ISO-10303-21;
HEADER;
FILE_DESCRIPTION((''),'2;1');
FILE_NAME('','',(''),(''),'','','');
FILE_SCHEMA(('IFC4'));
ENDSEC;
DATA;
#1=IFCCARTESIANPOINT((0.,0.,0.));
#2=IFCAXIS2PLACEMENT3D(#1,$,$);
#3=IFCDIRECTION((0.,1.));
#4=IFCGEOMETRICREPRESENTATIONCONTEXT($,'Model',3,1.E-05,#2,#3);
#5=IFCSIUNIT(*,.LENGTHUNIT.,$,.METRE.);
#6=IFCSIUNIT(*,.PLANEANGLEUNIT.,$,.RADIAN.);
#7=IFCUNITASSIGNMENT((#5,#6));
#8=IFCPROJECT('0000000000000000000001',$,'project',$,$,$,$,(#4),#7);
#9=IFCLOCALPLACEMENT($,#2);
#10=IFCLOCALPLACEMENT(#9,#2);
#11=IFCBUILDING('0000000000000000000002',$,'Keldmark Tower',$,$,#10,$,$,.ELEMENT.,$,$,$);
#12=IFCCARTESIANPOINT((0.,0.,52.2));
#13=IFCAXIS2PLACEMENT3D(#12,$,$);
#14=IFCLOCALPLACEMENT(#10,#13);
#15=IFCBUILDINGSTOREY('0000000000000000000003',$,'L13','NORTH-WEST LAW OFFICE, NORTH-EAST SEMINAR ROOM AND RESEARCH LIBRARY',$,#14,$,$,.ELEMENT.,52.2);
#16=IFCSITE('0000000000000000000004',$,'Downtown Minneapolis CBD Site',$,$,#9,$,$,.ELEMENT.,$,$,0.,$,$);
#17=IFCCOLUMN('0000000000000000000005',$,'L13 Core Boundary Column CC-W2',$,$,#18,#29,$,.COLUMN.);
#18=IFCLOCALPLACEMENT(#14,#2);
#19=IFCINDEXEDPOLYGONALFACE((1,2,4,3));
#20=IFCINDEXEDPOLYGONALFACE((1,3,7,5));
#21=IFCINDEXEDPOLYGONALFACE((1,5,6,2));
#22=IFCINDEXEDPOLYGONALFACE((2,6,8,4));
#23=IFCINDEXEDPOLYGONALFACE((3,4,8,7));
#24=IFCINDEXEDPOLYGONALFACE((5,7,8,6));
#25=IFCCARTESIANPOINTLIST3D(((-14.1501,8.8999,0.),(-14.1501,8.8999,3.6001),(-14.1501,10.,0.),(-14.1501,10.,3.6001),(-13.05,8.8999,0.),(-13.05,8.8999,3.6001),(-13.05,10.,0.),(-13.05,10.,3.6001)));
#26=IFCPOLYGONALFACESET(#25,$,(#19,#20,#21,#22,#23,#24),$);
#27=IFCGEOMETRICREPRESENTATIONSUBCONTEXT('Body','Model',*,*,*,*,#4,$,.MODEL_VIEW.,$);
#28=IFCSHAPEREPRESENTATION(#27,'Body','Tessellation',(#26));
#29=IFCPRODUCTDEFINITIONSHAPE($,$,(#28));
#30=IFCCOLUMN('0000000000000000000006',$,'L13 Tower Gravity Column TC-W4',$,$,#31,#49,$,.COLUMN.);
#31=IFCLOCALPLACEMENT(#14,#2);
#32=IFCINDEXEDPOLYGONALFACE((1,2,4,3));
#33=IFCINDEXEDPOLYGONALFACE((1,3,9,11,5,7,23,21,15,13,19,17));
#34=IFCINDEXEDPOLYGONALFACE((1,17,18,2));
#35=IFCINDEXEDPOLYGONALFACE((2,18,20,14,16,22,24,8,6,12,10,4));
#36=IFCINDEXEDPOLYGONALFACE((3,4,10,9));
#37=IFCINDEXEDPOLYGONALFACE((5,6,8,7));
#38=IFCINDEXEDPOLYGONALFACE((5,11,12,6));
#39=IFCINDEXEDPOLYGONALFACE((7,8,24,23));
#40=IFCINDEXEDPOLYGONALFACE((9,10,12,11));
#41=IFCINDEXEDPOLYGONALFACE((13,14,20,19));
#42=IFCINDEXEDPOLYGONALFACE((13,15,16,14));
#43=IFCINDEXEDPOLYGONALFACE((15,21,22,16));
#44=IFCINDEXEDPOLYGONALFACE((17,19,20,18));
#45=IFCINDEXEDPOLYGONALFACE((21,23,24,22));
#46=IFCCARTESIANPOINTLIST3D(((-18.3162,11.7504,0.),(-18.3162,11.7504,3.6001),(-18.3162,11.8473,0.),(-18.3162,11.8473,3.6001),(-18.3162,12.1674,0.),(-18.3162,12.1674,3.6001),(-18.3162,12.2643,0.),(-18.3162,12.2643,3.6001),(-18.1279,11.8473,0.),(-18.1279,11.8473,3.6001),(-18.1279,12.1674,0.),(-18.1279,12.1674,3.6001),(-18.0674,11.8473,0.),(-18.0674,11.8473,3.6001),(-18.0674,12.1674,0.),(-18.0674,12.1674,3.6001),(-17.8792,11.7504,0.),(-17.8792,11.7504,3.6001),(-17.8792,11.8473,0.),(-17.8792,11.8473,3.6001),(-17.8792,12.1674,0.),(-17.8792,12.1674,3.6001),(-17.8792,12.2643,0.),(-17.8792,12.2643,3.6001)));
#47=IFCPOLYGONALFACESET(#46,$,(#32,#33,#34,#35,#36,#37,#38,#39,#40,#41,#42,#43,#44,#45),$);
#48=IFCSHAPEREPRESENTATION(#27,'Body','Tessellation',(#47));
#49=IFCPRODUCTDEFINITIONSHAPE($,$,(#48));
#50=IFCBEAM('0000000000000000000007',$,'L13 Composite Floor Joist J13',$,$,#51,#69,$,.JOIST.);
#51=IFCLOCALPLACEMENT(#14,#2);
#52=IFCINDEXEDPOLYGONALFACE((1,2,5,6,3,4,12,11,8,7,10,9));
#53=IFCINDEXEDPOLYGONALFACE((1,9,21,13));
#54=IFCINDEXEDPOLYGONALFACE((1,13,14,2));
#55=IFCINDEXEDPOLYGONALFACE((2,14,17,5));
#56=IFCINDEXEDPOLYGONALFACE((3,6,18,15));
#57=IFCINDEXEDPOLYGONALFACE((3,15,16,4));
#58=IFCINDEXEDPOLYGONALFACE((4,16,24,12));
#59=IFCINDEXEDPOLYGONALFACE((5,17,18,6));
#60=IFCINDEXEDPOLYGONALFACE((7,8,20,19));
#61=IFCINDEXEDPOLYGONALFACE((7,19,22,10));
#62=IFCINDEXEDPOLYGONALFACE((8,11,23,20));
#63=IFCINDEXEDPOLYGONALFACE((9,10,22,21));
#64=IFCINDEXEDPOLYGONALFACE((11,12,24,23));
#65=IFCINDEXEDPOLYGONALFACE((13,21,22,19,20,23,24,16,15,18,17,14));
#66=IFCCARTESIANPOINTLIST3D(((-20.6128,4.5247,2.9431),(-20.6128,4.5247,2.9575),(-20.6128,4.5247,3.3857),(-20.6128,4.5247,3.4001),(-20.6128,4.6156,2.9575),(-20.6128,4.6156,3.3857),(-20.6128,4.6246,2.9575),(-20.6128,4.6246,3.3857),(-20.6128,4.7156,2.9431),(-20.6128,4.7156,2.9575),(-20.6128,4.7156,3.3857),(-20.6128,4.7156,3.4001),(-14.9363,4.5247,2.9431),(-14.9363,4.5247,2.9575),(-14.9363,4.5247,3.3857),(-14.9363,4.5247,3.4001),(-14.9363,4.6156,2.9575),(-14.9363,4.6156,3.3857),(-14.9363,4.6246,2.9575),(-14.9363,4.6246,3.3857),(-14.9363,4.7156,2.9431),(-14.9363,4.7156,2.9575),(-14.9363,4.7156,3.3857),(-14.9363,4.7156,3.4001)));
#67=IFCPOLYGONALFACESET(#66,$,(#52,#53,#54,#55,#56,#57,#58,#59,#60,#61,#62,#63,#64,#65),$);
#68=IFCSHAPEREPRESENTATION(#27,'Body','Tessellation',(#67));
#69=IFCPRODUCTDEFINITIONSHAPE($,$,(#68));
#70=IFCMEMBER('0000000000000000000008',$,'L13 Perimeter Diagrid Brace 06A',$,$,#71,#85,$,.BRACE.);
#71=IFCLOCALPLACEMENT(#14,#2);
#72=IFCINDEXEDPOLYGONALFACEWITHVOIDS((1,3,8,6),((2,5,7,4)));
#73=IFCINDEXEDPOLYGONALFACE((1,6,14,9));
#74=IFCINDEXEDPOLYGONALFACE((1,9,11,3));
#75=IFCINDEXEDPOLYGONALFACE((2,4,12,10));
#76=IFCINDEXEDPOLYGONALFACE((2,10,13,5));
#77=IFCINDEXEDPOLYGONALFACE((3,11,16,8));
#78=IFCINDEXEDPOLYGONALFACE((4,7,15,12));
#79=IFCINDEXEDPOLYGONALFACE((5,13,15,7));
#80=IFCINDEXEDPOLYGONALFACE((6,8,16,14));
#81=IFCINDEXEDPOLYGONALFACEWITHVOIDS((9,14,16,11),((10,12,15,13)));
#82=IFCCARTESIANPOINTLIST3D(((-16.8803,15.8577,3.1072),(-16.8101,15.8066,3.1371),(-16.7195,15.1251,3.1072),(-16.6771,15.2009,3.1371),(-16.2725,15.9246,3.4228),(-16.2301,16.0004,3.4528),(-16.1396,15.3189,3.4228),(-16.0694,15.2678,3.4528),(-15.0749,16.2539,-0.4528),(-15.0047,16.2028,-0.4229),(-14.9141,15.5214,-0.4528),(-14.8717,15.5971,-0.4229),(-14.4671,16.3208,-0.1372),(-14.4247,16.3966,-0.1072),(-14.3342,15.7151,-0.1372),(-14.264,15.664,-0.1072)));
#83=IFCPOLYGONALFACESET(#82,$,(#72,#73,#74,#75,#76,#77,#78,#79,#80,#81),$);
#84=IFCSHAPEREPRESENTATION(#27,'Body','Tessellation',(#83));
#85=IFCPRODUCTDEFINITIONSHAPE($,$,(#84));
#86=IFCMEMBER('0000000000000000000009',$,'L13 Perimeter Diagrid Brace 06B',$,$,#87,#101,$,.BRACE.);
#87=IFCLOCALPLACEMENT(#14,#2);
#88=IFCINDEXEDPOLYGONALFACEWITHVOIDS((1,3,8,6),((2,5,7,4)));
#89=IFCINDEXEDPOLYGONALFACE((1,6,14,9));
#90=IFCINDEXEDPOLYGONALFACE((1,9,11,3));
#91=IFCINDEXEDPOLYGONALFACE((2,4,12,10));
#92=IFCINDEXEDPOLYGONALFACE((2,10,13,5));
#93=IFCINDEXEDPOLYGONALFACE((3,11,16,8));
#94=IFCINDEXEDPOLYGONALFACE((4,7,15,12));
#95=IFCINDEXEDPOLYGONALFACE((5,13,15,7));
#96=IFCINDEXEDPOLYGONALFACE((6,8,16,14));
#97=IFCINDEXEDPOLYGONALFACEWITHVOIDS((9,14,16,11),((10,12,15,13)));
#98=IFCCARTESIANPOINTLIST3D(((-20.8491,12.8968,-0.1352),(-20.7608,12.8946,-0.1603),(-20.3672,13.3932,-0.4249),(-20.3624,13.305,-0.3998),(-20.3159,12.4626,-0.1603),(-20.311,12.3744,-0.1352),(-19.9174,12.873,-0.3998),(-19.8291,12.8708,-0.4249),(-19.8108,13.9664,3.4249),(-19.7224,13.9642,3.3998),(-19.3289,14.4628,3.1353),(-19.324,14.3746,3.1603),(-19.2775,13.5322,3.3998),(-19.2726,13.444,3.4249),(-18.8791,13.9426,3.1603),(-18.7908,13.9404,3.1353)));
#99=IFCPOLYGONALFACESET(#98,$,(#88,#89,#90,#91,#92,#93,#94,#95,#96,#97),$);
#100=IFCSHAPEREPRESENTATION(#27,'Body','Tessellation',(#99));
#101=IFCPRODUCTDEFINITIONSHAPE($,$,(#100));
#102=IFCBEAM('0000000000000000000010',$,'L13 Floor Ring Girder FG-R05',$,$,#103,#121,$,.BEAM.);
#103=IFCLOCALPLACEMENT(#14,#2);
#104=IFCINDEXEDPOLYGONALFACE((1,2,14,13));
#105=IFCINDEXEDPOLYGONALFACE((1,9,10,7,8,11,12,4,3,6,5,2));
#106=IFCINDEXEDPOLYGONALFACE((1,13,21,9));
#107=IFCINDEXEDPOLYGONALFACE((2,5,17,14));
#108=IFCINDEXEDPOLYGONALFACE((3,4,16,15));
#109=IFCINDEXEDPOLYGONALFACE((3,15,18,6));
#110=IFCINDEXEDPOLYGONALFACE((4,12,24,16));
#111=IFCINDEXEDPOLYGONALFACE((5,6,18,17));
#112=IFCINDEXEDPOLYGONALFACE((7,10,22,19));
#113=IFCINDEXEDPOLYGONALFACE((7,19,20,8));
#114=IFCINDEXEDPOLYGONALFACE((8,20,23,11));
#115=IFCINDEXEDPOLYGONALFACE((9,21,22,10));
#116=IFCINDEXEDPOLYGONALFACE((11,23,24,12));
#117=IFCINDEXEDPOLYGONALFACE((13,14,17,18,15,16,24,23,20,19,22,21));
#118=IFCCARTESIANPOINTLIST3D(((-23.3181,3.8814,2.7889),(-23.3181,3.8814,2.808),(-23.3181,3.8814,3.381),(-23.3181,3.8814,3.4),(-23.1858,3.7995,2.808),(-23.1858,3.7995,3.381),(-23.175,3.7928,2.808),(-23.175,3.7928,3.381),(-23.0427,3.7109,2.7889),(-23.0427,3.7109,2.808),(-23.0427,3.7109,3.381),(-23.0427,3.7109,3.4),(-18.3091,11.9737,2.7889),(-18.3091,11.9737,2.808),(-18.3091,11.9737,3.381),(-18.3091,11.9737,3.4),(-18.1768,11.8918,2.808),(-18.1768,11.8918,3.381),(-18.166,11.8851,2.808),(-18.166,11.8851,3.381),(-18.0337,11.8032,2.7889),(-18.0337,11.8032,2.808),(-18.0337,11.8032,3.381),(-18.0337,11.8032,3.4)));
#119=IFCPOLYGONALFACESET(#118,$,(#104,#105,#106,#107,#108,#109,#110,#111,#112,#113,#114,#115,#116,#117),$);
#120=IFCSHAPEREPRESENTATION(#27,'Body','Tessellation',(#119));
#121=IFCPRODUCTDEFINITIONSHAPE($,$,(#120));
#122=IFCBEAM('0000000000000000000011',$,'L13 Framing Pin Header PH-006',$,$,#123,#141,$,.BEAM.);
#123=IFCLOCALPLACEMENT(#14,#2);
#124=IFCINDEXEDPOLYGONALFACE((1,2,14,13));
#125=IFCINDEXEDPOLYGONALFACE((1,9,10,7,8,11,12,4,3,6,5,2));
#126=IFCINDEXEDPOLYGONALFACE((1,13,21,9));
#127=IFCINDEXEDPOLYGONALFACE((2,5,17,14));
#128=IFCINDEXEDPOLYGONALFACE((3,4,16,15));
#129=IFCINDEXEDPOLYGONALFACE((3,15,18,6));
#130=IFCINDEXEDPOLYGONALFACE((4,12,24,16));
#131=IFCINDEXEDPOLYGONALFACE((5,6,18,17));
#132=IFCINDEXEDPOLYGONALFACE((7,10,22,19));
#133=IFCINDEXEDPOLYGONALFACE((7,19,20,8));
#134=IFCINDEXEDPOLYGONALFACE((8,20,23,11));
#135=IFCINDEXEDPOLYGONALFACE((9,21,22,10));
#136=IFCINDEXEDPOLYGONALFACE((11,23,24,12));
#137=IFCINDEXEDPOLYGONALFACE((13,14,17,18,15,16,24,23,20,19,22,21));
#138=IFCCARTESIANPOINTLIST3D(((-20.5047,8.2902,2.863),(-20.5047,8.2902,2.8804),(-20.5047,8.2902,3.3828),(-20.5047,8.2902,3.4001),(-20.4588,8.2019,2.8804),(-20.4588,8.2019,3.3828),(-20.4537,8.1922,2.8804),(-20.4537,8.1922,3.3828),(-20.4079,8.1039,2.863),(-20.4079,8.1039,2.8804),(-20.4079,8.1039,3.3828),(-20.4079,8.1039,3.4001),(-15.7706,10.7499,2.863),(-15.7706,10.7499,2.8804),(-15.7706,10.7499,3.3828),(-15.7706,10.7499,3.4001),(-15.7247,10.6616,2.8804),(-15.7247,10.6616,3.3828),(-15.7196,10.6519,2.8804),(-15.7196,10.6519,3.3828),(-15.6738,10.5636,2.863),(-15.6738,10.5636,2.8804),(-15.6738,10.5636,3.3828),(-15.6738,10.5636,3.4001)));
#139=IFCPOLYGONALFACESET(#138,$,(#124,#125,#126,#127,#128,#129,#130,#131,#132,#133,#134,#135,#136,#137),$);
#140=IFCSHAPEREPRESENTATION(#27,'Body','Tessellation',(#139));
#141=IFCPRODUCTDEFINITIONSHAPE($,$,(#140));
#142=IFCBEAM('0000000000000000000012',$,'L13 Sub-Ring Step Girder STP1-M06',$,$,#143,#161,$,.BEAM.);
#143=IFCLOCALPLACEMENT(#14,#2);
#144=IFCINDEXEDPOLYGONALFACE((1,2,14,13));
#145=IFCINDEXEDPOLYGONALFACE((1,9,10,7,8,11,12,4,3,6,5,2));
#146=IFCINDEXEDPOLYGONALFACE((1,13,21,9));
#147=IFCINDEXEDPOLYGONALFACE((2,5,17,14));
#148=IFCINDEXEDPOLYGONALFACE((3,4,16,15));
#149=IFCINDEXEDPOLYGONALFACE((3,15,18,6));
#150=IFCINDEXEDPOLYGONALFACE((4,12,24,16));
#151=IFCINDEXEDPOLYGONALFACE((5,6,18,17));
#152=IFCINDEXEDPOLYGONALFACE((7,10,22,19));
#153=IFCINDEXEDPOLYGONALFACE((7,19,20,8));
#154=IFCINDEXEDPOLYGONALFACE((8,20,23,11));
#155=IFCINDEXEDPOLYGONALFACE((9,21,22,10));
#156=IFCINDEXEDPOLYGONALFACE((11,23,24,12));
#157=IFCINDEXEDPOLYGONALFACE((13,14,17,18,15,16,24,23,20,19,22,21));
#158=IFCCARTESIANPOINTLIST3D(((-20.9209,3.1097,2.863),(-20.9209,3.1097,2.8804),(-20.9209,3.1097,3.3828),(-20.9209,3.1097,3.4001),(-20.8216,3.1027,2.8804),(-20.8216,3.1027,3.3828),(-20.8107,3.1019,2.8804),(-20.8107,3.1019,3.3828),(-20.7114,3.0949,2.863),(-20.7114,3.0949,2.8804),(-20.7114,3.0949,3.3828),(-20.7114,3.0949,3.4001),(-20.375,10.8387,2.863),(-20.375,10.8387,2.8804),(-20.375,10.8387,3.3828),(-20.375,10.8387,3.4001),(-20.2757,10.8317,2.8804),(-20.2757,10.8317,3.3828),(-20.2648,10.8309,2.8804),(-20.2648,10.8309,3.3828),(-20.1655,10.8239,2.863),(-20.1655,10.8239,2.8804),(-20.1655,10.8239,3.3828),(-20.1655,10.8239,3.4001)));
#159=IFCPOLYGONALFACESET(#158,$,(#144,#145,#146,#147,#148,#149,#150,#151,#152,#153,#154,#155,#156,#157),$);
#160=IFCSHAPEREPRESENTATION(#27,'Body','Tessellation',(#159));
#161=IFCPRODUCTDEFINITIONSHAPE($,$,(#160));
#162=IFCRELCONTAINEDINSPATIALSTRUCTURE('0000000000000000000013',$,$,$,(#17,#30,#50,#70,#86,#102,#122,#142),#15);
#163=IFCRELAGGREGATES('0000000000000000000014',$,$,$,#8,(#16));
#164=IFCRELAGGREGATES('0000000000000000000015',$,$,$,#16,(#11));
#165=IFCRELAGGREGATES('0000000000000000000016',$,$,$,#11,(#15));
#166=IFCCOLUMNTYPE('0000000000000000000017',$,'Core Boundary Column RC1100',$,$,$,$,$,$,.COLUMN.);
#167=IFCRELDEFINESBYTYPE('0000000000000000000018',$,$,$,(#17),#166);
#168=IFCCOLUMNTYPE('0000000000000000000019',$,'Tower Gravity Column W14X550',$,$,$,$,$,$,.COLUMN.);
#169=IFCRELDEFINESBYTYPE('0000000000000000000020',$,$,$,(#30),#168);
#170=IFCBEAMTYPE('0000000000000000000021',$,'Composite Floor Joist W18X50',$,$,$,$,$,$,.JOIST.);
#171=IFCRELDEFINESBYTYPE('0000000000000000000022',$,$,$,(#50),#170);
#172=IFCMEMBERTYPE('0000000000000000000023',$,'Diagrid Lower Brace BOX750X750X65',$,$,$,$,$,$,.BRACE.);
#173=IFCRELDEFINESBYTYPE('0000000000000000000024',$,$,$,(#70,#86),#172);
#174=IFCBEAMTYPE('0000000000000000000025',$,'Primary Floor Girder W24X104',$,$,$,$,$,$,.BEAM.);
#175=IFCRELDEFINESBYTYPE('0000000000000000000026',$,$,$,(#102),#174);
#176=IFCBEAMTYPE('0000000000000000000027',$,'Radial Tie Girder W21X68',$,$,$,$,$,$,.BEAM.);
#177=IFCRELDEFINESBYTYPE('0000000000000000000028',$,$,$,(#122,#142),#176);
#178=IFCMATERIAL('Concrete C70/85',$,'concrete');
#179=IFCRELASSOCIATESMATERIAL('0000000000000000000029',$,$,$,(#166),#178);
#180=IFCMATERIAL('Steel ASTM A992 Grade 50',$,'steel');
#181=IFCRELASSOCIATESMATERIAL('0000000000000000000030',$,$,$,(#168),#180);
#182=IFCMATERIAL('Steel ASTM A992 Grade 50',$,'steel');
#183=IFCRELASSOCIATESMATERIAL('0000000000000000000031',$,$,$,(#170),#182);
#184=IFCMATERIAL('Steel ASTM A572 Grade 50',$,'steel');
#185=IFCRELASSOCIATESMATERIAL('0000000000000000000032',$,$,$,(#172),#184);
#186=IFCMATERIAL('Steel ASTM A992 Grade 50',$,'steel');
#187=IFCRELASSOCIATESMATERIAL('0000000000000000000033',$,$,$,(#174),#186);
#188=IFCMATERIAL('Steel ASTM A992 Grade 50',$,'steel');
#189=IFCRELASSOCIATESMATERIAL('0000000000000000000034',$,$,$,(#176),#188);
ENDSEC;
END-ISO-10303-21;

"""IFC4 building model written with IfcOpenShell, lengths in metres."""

from ifc_helpers import new_model, si_unit, direction, frame, origin, origin_2d, place, context, subcontext, project, spatial, rectangle, hollow_rectangle, i_section, extrude, material, material_profile, profile_set, type_object, element, save


model = new_model("IFC4")

# Units and contexts
model_context = context("Model", 3, precision=1e-05, world=origin(), true_north=direction((0.0, 1.0)))
body_context = subcontext(model_context, "Body", "Model", "MODEL_VIEW")
ifc_project = project(units=[si_unit("LENGTHUNIT", "METRE"), si_unit("PLANEANGLEUNIT", "RADIAN")], contexts=[model_context])

# Site, building, storey
site_placement = place(None, origin())
site = spatial("IfcSite", under=ifc_project, at=site_placement, Name="Downtown Minneapolis CBD Site", CompositionType="ELEMENT", RefElevation=0.0)
building_placement = place(site_placement, origin())
building = spatial("IfcBuilding", under=site, at=building_placement, Name="Keldmark Tower", CompositionType="ELEMENT")
storey_placement = place(building_placement, frame((0.0, 0.0, 52.2)))
storey = spatial("IfcBuildingStorey", under=building, at=storey_placement, Name="L13", Description="NORTH-WEST LAW OFFICE, NORTH-EAST SEMINAR ROOM AND RESEARCH LIBRARY", CompositionType="ELEMENT", Elevation=52.2)

# Columns
ifc_material_1 = material(Name="Concrete C70/85", Category="concrete")
ifc_material_profile_1 = material_profile(ifc_material_1, rectangle(XDim=1.1001, YDim=1.1001, at=origin_2d()), Name="RC1100X1100")
ifc_profile_set_1 = profile_set([ifc_material_profile_1], Name="Concrete C70/85")
column_type_1 = type_object("IfcColumnType", Name="Core Boundary Column RC1100", PredefinedType="COLUMN", material=ifc_profile_set_1)
column_1_placement = place(storey_placement, frame((-13.6001, 9.45, 0.0), z_axis=(0.0, 0.0, 1.0), x_axis=(1.0, 0.0, 0.0)))
element("IfcColumn", 1, at=column_1_placement, inside=storey, type_object=column_type_1, Name="L13 Core Boundary Column CC-W2", PredefinedType="COLUMN", context=body_context, shape_type="SweptSolid", body=[
    extrude(rectangle(XDim=1.1001, YDim=1.1001, at=origin_2d()), origin(), (0.0, 0.0, 1.0), 3.6001),
])
ifc_material_2 = material(Name="Steel ASTM A992 Grade 50", Category="steel")
ifc_material_profile_2 = material_profile(ifc_material_2, i_section(OverallWidth=0.437, OverallDepth=0.5139, WebThickness=0.0605, FlangeThickness=0.0969, at=origin_2d()), Name="W14X550")
ifc_profile_set_2 = profile_set([ifc_material_profile_2], Name="Steel ASTM A992 Grade 50")
column_type_2 = type_object("IfcColumnType", Name="Tower Gravity Column W14X550", PredefinedType="COLUMN", material=ifc_profile_set_2)
column_2_placement = place(storey_placement, frame((-18.0977, 12.0073, 0.0), z_axis=(0.0, 0.0, 1.0), x_axis=(1.0, 0.0, 0.0)))
element("IfcColumn", 2, at=column_2_placement, inside=storey, type_object=column_type_2, Name="L13 Tower Gravity Column TC-W4", PredefinedType="COLUMN", context=body_context, shape_type="SweptSolid", body=[
    extrude(i_section(OverallWidth=0.437, OverallDepth=0.5139, WebThickness=0.0605, FlangeThickness=0.0969, at=origin_2d()), origin(), (0.0, 0.0, 1.0), 3.6001),
])

# Beam
ifc_material_3 = material(Name="Steel ASTM A992 Grade 50", Category="steel")
ifc_material_profile_3 = material_profile(ifc_material_3, i_section(OverallWidth=0.1909, OverallDepth=0.457, WebThickness=0.009, FlangeThickness=0.0144, at=origin_2d()), Name="W18X50")
ifc_profile_set_3 = profile_set([ifc_material_profile_3], Name="Steel ASTM A992 Grade 50")
beam_type_1 = type_object("IfcBeamType", Name="Composite Floor Joist W18X50", PredefinedType="JOIST", material=ifc_profile_set_3)
beam_1_placement = place(storey_placement, frame((-20.6128, 4.6201, 3.1716), z_axis=(1.0, 0.0, 0.0), x_axis=(0.0, 1.0, 0.0)))
element("IfcBeam", 3, at=beam_1_placement, inside=storey, type_object=beam_type_1, Name="L13 Composite Floor Joist J13", PredefinedType="JOIST", context=body_context, shape_type="SweptSolid", body=[
    extrude(i_section(OverallWidth=0.1909, OverallDepth=0.457, WebThickness=0.009, FlangeThickness=0.0144, at=origin_2d()), origin(), (0.0, 0.0, 1.0), 5.6765),
])

# Members
ifc_material_4 = material(Name="Steel ASTM A572 Grade 50", Category="steel")
ifc_material_profile_4 = material_profile(ifc_material_4, hollow_rectangle(XDim=0.75, YDim=0.75, WallThickness=0.0649, at=origin_2d()), Name="BOX750X750X65")
ifc_profile_set_4 = profile_set([ifc_material_profile_4], Name="Steel ASTM A572 Grade 50")
member_type = type_object("IfcMemberType", Name="Diagrid Lower Brace BOX750X750X65", PredefinedType="BRACE", material=ifc_profile_set_4)
member_1_placement = place(storey_placement, frame((-14.6694, 15.959, -0.28), z_axis=(-0.450083, -0.098781, 0.887506), x_axis=(0.21437, -0.976752, 0.0)))
element("IfcMember", 4, at=member_1_placement, inside=storey, type_object=member_type, Name="L13 Perimeter Diagrid Brace 06A", PredefinedType="BRACE", context=body_context, shape_type="SweptSolid", body=[
    extrude(hollow_rectangle(XDim=0.75, YDim=0.75, WallThickness=0.0649, at=origin_2d()), origin(), (0.0, 0.0, 1.0), 4.0112),
])
member_2_placement = place(storey_placement, frame((-20.3391, 12.8838, -0.28), z_axis=(0.269029, 0.277125, 0.922402), x_axis=(-0.717511, 0.696547, 0.0)))
element("IfcMember", 5, at=member_2_placement, inside=storey, type_object=member_type, Name="L13 Perimeter Diagrid Brace 06B", PredefinedType="BRACE", context=body_context, shape_type="SweptSolid", body=[
    extrude(hollow_rectangle(XDim=0.75, YDim=0.75, WallThickness=0.0649, at=origin_2d()), origin(), (0.0, 0.0, 1.0), 3.8596),
])

# Beams
ifc_material_5 = material(Name="Steel ASTM A992 Grade 50", Category="steel")
ifc_material_profile_5 = material_profile(ifc_material_5, i_section(OverallWidth=0.324, OverallDepth=0.6111, WebThickness=0.0127, FlangeThickness=0.019, at=origin_2d()), Name="W24X104")
ifc_profile_set_5 = profile_set([ifc_material_profile_5], Name="Steel ASTM A992 Grade 50")
beam_type_2 = type_object("IfcBeamType", Name="Primary Floor Girder W24X104", PredefinedType="BEAM", material=ifc_profile_set_5)
beam_2_placement = place(storey_placement, frame((-18.1714, 11.8884, 3.0945), z_axis=(-0.526318, -0.850288, 0.0), x_axis=(0.850288, -0.526318, 0.0)))
element("IfcBeam", 6, at=beam_2_placement, inside=storey, type_object=beam_type_2, Name="L13 Floor Ring Girder FG-R05", PredefinedType="BEAM", context=body_context, shape_type="SweptSolid", body=[
    extrude(i_section(OverallWidth=0.324, OverallDepth=0.6111, WebThickness=0.0127, FlangeThickness=0.019, at=origin_2d()), origin(), (0.0, 0.0, 1.0), 9.5171),
])
ifc_material_6 = material(Name="Steel ASTM A992 Grade 50", Category="steel")
ifc_material_profile_6 = material_profile(ifc_material_6, i_section(OverallWidth=0.21, OverallDepth=0.5371, WebThickness=0.011, FlangeThickness=0.0173, at=origin_2d()), Name="W21X68")
ifc_profile_set_6 = profile_set([ifc_material_profile_6], Name="Steel ASTM A992 Grade 50")
beam_type_3 = type_object("IfcBeamType", Name="Radial Tie Girder W21X68", PredefinedType="BEAM", material=ifc_profile_set_6)
beam_3_placement = place(storey_placement, frame((-15.7222, 10.6567, 3.1316), z_axis=(-0.887373, -0.461053, 0.0), x_axis=(0.461053, -0.887373, 0.0)))
element("IfcBeam", 7, at=beam_3_placement, inside=storey, type_object=beam_type_3, Name="L13 Framing Pin Header PH-006", PredefinedType="BEAM", context=body_context, shape_type="SweptSolid", body=[
    extrude(i_section(OverallWidth=0.21, OverallDepth=0.5371, WebThickness=0.011, FlangeThickness=0.0173, at=origin_2d()), origin(), (0.0, 0.0, 1.0), 5.335),
])
beam_4_placement = place(storey_placement, frame((-20.8162, 3.1023, 3.1316), z_axis=(0.070454, 0.997515, 0.0), x_axis=(-0.997515, 0.070454, 0.0)))
element("IfcBeam", 8, at=beam_4_placement, inside=storey, type_object=beam_type_3, Name="L13 Sub-Ring Step Girder STP1-M06", PredefinedType="BEAM", context=body_context, shape_type="SweptSolid", body=[
    extrude(i_section(OverallWidth=0.21, OverallDepth=0.5371, WebThickness=0.011, FlangeThickness=0.0173, at=origin_2d()), origin(), (0.0, 0.0, 1.0), 7.7483),
])

save(model, "model.ifc")
